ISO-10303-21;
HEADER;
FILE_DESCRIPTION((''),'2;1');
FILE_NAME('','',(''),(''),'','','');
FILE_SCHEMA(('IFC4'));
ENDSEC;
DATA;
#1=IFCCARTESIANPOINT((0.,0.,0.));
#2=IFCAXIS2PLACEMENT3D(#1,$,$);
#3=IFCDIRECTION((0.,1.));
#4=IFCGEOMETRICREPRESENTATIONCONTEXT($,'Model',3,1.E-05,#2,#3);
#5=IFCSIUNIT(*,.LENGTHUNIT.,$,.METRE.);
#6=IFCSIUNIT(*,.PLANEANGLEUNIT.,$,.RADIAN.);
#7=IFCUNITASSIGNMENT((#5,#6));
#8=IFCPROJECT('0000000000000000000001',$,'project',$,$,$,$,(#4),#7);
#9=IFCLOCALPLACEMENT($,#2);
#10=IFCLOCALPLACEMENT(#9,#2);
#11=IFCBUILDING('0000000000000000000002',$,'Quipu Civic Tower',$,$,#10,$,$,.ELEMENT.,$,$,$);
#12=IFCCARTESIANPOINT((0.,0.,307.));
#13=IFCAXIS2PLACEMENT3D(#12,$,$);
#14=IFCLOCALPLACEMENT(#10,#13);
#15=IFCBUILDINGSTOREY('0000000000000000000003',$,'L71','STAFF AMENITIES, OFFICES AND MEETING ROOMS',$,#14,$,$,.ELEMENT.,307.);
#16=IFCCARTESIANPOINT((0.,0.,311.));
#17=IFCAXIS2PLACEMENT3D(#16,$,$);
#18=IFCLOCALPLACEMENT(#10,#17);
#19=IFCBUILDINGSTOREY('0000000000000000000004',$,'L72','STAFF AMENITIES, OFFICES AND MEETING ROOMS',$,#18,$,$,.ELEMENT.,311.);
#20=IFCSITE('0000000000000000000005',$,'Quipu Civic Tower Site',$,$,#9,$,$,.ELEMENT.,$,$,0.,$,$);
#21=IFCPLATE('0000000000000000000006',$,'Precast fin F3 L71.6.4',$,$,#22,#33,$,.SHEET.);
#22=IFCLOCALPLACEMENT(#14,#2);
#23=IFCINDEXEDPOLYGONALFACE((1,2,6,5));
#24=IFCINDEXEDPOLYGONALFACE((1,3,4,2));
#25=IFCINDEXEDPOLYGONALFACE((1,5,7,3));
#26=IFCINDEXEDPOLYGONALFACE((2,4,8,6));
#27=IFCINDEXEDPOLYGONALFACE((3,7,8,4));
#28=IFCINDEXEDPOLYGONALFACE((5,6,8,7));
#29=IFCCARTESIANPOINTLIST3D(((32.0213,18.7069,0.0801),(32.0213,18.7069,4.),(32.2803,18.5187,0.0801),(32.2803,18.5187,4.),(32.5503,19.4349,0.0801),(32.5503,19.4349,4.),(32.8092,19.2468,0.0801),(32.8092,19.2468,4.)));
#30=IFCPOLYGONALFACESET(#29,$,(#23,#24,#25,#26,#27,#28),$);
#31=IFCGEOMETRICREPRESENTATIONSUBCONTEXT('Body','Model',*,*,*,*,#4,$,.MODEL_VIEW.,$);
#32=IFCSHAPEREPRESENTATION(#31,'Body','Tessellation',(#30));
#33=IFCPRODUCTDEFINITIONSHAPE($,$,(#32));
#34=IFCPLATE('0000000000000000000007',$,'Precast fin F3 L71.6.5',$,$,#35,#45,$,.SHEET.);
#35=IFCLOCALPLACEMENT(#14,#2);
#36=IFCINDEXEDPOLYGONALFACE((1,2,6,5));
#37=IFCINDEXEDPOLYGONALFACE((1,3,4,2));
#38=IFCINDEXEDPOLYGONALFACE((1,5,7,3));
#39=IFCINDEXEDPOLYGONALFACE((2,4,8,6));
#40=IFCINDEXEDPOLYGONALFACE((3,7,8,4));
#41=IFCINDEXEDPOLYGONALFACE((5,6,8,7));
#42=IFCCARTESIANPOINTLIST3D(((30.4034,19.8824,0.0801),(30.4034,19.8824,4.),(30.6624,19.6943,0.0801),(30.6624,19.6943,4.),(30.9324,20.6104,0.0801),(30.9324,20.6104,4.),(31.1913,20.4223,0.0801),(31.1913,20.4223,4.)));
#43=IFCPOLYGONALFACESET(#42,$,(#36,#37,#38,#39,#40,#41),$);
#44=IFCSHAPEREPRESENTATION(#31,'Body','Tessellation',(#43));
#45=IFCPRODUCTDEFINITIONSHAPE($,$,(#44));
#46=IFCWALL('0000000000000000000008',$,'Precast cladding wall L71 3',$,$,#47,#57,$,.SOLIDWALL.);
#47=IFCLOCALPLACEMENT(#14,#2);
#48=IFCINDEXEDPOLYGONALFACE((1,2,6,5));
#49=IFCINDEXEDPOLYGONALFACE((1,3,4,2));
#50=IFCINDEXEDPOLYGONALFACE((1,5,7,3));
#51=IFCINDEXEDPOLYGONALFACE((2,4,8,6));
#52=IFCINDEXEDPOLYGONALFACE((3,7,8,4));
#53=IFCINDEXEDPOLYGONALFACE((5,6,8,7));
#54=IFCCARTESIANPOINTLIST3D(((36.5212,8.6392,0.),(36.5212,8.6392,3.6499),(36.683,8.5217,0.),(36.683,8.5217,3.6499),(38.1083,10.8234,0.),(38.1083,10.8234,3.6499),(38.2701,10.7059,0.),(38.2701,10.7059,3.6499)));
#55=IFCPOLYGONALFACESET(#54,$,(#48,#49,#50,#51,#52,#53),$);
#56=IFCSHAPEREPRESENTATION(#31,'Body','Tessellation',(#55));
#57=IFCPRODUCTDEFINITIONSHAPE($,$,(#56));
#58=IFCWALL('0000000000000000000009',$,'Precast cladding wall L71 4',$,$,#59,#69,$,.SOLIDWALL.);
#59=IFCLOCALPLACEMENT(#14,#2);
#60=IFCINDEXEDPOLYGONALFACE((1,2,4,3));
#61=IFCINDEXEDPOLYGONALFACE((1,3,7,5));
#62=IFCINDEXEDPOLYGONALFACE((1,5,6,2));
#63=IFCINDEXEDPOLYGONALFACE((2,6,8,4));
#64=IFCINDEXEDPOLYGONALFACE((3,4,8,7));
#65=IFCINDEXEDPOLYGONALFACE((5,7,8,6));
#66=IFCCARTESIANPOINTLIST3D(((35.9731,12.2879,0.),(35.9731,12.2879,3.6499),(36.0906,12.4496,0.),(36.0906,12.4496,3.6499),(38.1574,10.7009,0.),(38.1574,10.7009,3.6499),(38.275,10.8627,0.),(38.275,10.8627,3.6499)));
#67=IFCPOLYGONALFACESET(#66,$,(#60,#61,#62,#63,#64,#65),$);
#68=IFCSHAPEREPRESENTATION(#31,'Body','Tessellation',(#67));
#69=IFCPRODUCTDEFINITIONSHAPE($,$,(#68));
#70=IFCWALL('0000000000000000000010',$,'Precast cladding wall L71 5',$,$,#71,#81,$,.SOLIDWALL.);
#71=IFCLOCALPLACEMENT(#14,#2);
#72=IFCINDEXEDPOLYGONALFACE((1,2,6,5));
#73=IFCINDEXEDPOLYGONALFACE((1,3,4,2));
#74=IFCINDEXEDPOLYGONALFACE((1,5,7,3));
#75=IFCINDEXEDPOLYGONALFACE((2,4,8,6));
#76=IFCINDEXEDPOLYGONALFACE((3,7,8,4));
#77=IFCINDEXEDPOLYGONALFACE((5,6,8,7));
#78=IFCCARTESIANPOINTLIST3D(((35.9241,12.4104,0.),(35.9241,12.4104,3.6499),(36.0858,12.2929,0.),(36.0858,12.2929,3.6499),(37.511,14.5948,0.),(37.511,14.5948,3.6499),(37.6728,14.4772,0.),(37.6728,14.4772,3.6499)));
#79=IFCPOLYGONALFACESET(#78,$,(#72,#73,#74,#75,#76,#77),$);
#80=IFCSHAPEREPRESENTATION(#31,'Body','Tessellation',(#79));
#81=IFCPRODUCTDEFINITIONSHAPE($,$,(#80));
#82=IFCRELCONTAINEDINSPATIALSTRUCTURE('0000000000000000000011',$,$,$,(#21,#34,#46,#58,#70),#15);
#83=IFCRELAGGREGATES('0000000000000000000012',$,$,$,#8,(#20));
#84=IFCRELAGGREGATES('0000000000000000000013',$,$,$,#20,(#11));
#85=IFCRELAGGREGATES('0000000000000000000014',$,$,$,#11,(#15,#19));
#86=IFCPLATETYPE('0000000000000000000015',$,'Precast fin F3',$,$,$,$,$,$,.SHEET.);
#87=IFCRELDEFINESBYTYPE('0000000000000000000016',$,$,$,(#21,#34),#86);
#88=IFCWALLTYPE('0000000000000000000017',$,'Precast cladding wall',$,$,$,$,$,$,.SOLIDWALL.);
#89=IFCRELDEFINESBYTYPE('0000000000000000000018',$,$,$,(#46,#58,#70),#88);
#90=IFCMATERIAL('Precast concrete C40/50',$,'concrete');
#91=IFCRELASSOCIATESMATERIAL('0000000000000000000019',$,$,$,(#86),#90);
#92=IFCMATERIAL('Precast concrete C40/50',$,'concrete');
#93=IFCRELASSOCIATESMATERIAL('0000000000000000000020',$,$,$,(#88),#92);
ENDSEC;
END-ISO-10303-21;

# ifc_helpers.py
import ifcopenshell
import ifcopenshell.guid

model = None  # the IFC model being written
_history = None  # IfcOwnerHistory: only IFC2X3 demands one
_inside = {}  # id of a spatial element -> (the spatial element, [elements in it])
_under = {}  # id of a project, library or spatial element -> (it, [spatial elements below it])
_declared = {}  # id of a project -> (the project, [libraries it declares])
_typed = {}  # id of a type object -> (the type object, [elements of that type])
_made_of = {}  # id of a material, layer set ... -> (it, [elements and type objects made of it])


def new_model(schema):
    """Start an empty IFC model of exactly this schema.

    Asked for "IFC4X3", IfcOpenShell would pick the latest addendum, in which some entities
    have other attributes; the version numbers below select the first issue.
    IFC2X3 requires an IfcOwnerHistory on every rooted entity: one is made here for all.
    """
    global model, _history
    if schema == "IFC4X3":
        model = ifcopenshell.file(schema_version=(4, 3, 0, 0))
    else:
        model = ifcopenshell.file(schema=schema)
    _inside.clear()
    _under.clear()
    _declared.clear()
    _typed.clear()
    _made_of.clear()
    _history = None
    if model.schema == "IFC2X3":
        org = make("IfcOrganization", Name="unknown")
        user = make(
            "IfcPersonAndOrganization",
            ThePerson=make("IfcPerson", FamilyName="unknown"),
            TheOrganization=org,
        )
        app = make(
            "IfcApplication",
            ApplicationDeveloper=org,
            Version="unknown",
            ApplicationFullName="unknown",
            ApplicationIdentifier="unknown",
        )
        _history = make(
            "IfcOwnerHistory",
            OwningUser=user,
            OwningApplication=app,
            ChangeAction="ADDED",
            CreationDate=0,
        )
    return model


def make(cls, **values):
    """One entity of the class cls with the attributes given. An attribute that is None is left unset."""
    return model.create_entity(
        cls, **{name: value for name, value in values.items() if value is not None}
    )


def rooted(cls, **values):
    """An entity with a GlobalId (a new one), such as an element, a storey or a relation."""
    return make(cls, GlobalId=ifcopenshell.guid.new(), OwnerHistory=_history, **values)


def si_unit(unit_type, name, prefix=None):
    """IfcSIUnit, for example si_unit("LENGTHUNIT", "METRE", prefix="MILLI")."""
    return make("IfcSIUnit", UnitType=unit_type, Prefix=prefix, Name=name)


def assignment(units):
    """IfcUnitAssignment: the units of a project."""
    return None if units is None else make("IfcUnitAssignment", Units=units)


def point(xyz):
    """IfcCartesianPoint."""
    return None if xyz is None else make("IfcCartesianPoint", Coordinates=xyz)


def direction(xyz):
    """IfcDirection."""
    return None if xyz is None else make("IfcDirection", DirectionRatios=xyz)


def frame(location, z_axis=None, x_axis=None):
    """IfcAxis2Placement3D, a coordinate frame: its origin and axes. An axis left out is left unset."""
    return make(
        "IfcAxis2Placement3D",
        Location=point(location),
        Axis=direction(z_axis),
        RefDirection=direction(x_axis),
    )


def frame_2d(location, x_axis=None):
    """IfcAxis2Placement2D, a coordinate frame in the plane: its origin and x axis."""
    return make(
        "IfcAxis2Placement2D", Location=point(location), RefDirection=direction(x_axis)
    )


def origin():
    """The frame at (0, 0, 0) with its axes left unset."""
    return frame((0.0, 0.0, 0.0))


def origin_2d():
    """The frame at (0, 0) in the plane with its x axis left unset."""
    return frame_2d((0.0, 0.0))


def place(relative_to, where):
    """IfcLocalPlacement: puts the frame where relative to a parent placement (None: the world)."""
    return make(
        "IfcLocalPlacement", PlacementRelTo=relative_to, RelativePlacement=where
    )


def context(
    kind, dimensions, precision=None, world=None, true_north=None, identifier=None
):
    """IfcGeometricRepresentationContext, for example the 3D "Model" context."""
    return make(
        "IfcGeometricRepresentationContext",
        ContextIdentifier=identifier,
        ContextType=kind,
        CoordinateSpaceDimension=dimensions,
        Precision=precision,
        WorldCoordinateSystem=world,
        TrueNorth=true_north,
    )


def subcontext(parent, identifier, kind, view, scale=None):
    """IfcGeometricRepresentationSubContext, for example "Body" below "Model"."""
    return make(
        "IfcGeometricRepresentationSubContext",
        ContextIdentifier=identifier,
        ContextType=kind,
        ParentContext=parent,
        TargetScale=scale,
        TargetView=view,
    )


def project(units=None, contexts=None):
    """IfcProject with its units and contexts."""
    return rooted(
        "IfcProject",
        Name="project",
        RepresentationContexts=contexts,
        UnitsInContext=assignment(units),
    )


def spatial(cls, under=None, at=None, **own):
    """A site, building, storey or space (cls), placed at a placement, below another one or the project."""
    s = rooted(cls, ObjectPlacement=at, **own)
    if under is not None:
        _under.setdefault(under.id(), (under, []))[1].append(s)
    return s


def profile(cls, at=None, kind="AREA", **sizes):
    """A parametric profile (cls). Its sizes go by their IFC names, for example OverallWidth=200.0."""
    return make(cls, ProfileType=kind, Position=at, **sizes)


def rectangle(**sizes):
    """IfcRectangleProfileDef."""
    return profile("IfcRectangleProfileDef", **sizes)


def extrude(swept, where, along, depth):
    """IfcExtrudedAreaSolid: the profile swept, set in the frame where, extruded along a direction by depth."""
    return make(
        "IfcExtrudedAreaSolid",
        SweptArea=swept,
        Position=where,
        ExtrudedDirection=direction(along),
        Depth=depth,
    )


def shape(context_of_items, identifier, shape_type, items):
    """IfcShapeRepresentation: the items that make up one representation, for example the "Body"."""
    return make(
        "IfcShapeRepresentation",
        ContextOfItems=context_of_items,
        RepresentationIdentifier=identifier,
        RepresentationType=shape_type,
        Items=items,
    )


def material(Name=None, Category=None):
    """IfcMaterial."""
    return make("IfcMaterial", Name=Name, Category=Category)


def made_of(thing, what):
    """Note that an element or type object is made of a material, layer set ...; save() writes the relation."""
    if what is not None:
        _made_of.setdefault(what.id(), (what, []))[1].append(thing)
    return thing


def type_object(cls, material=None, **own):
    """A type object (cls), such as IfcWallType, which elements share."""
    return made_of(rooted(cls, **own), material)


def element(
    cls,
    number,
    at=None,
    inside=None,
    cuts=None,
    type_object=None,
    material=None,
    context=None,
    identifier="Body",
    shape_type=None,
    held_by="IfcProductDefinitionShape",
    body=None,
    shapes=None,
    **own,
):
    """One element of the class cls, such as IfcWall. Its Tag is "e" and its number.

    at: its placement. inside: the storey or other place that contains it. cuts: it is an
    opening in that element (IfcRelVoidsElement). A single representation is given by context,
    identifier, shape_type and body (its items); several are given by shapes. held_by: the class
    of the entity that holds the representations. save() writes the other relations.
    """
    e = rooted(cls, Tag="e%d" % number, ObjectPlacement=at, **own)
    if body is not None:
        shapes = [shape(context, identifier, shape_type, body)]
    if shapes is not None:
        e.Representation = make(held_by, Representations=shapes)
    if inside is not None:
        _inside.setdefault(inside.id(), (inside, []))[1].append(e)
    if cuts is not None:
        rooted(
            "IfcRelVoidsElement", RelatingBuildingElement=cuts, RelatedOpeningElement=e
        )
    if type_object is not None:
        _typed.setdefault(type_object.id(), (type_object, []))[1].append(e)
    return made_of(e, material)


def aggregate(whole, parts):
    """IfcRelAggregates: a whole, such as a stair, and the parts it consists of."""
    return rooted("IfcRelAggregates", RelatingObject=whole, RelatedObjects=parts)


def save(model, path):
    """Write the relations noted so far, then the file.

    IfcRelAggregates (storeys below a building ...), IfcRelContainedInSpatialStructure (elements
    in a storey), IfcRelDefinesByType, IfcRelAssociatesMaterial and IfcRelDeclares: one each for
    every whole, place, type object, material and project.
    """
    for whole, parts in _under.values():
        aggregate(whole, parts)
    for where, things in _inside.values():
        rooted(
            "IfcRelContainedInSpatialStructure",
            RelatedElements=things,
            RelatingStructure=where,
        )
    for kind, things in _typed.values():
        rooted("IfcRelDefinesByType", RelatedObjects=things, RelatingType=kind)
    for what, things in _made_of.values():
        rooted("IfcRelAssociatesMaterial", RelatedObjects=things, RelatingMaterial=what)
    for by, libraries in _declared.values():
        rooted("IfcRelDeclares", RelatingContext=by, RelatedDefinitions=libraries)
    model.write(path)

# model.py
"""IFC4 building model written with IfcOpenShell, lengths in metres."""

from ifc_helpers import new_model, si_unit, direction, frame, frame_2d, origin, origin_2d, place, context, subcontext, project, spatial, rectangle, extrude, material, type_object, element, save


model = new_model("IFC4")

# Units and contexts
model_context = context("Model", 3, precision=1e-05, world=origin(), true_north=direction((0.0, 1.0)))
body_context = subcontext(model_context, "Body", "Model", "MODEL_VIEW")
ifc_project = project(units=[si_unit("LENGTHUNIT", "METRE"), si_unit("PLANEANGLEUNIT", "RADIAN")], contexts=[model_context])

# Site, building, storey
site_placement = place(None, origin())
site = spatial("IfcSite", under=ifc_project, at=site_placement, Name="Quipu Civic Tower Site", CompositionType="ELEMENT", RefElevation=0.0)
building_placement = place(site_placement, origin())
building = spatial("IfcBuilding", under=site, at=building_placement, Name="Quipu Civic Tower", CompositionType="ELEMENT")
storey_1_placement = place(building_placement, frame((0.0, 0.0, 307.0)))
storey_1 = spatial("IfcBuildingStorey", under=building, at=storey_1_placement, Name="L71", Description="STAFF AMENITIES, OFFICES AND MEETING ROOMS", CompositionType="ELEMENT", Elevation=307.0)

# Shared definitions
storey_2_placement = place(building_placement, frame((0.0, 0.0, 311.0)))
storey_2 = spatial("IfcBuildingStorey", under=building, at=storey_2_placement, Name="L72", Description="STAFF AMENITIES, OFFICES AND MEETING ROOMS", CompositionType="ELEMENT", Elevation=311.0)

# Plates
ifc_material_1 = material(Name="Precast concrete C40/50", Category="concrete")
plate_type_1 = type_object("IfcPlateType", Name="Precast fin F3", PredefinedType="SHEET", material=ifc_material_1)
for number, where, z_axis, x_axis, name in (
    (1, (32.4153, 18.9768, 0.0801), (0.0, 0.0, 1.0), (-0.809017, 0.587785, 0.0), "Precast fin F3 L71.6.4"),
    (2, (30.7974, 20.1523, 0.0801), (0.0, 0.0, 1.0), (-0.809017, 0.587785, 0.0), "Precast fin F3 L71.6.5"),
):
    element("IfcPlate", number, at=place(storey_1_placement, frame(where, z_axis=z_axis, x_axis=x_axis)), inside=storey_1, type_object=plate_type_1, Name=name, PredefinedType="SHEET", context=body_context, shape_type="SweptSolid", body=[
        extrude(rectangle(XDim=0.3201, YDim=0.8999, at=origin_2d()), origin(), (0.0, 0.0, 1.0), 3.9199),
    ])

# Walls
ifc_material_2 = material(Name="Precast concrete C40/50", Category="concrete")
wall_type = type_object("IfcWallType", Name="Precast cladding wall", PredefinedType="SOLIDWALL", material=ifc_material_2)
for number, where, z_axis, x_axis, name in (
    (3, (36.6021, 8.5803, 0.0), (0.0, 0.0, 1.0), (0.587822, 0.80899, 0.0), "Precast cladding wall L71 3"),
    (4, (38.2163, 10.7817, 0.0), (0.0, 0.0, 1.0), (-0.809033, 0.587763, 0.0), "Precast cladding wall L71 4"),
    (5, (36.0049, 12.3516, 0.0), (0.0, 0.0, 1.0), (0.587763, 0.809033, 0.0), "Precast cladding wall L71 5"),
):
    element("IfcWall", number, at=place(storey_1_placement, frame(where, z_axis=z_axis, x_axis=x_axis)), inside=storey_1, type_object=wall_type, Name=name, PredefinedType="SOLIDWALL", context=body_context, shape_type="SweptSolid", body=[
        extrude(rectangle(XDim=2.7, YDim=0.2, at=frame_2d((1.3501, 0.0))), origin(), (0.0, 0.0, 1.0), 3.6499),
    ])

save(model, "model.ifc")
